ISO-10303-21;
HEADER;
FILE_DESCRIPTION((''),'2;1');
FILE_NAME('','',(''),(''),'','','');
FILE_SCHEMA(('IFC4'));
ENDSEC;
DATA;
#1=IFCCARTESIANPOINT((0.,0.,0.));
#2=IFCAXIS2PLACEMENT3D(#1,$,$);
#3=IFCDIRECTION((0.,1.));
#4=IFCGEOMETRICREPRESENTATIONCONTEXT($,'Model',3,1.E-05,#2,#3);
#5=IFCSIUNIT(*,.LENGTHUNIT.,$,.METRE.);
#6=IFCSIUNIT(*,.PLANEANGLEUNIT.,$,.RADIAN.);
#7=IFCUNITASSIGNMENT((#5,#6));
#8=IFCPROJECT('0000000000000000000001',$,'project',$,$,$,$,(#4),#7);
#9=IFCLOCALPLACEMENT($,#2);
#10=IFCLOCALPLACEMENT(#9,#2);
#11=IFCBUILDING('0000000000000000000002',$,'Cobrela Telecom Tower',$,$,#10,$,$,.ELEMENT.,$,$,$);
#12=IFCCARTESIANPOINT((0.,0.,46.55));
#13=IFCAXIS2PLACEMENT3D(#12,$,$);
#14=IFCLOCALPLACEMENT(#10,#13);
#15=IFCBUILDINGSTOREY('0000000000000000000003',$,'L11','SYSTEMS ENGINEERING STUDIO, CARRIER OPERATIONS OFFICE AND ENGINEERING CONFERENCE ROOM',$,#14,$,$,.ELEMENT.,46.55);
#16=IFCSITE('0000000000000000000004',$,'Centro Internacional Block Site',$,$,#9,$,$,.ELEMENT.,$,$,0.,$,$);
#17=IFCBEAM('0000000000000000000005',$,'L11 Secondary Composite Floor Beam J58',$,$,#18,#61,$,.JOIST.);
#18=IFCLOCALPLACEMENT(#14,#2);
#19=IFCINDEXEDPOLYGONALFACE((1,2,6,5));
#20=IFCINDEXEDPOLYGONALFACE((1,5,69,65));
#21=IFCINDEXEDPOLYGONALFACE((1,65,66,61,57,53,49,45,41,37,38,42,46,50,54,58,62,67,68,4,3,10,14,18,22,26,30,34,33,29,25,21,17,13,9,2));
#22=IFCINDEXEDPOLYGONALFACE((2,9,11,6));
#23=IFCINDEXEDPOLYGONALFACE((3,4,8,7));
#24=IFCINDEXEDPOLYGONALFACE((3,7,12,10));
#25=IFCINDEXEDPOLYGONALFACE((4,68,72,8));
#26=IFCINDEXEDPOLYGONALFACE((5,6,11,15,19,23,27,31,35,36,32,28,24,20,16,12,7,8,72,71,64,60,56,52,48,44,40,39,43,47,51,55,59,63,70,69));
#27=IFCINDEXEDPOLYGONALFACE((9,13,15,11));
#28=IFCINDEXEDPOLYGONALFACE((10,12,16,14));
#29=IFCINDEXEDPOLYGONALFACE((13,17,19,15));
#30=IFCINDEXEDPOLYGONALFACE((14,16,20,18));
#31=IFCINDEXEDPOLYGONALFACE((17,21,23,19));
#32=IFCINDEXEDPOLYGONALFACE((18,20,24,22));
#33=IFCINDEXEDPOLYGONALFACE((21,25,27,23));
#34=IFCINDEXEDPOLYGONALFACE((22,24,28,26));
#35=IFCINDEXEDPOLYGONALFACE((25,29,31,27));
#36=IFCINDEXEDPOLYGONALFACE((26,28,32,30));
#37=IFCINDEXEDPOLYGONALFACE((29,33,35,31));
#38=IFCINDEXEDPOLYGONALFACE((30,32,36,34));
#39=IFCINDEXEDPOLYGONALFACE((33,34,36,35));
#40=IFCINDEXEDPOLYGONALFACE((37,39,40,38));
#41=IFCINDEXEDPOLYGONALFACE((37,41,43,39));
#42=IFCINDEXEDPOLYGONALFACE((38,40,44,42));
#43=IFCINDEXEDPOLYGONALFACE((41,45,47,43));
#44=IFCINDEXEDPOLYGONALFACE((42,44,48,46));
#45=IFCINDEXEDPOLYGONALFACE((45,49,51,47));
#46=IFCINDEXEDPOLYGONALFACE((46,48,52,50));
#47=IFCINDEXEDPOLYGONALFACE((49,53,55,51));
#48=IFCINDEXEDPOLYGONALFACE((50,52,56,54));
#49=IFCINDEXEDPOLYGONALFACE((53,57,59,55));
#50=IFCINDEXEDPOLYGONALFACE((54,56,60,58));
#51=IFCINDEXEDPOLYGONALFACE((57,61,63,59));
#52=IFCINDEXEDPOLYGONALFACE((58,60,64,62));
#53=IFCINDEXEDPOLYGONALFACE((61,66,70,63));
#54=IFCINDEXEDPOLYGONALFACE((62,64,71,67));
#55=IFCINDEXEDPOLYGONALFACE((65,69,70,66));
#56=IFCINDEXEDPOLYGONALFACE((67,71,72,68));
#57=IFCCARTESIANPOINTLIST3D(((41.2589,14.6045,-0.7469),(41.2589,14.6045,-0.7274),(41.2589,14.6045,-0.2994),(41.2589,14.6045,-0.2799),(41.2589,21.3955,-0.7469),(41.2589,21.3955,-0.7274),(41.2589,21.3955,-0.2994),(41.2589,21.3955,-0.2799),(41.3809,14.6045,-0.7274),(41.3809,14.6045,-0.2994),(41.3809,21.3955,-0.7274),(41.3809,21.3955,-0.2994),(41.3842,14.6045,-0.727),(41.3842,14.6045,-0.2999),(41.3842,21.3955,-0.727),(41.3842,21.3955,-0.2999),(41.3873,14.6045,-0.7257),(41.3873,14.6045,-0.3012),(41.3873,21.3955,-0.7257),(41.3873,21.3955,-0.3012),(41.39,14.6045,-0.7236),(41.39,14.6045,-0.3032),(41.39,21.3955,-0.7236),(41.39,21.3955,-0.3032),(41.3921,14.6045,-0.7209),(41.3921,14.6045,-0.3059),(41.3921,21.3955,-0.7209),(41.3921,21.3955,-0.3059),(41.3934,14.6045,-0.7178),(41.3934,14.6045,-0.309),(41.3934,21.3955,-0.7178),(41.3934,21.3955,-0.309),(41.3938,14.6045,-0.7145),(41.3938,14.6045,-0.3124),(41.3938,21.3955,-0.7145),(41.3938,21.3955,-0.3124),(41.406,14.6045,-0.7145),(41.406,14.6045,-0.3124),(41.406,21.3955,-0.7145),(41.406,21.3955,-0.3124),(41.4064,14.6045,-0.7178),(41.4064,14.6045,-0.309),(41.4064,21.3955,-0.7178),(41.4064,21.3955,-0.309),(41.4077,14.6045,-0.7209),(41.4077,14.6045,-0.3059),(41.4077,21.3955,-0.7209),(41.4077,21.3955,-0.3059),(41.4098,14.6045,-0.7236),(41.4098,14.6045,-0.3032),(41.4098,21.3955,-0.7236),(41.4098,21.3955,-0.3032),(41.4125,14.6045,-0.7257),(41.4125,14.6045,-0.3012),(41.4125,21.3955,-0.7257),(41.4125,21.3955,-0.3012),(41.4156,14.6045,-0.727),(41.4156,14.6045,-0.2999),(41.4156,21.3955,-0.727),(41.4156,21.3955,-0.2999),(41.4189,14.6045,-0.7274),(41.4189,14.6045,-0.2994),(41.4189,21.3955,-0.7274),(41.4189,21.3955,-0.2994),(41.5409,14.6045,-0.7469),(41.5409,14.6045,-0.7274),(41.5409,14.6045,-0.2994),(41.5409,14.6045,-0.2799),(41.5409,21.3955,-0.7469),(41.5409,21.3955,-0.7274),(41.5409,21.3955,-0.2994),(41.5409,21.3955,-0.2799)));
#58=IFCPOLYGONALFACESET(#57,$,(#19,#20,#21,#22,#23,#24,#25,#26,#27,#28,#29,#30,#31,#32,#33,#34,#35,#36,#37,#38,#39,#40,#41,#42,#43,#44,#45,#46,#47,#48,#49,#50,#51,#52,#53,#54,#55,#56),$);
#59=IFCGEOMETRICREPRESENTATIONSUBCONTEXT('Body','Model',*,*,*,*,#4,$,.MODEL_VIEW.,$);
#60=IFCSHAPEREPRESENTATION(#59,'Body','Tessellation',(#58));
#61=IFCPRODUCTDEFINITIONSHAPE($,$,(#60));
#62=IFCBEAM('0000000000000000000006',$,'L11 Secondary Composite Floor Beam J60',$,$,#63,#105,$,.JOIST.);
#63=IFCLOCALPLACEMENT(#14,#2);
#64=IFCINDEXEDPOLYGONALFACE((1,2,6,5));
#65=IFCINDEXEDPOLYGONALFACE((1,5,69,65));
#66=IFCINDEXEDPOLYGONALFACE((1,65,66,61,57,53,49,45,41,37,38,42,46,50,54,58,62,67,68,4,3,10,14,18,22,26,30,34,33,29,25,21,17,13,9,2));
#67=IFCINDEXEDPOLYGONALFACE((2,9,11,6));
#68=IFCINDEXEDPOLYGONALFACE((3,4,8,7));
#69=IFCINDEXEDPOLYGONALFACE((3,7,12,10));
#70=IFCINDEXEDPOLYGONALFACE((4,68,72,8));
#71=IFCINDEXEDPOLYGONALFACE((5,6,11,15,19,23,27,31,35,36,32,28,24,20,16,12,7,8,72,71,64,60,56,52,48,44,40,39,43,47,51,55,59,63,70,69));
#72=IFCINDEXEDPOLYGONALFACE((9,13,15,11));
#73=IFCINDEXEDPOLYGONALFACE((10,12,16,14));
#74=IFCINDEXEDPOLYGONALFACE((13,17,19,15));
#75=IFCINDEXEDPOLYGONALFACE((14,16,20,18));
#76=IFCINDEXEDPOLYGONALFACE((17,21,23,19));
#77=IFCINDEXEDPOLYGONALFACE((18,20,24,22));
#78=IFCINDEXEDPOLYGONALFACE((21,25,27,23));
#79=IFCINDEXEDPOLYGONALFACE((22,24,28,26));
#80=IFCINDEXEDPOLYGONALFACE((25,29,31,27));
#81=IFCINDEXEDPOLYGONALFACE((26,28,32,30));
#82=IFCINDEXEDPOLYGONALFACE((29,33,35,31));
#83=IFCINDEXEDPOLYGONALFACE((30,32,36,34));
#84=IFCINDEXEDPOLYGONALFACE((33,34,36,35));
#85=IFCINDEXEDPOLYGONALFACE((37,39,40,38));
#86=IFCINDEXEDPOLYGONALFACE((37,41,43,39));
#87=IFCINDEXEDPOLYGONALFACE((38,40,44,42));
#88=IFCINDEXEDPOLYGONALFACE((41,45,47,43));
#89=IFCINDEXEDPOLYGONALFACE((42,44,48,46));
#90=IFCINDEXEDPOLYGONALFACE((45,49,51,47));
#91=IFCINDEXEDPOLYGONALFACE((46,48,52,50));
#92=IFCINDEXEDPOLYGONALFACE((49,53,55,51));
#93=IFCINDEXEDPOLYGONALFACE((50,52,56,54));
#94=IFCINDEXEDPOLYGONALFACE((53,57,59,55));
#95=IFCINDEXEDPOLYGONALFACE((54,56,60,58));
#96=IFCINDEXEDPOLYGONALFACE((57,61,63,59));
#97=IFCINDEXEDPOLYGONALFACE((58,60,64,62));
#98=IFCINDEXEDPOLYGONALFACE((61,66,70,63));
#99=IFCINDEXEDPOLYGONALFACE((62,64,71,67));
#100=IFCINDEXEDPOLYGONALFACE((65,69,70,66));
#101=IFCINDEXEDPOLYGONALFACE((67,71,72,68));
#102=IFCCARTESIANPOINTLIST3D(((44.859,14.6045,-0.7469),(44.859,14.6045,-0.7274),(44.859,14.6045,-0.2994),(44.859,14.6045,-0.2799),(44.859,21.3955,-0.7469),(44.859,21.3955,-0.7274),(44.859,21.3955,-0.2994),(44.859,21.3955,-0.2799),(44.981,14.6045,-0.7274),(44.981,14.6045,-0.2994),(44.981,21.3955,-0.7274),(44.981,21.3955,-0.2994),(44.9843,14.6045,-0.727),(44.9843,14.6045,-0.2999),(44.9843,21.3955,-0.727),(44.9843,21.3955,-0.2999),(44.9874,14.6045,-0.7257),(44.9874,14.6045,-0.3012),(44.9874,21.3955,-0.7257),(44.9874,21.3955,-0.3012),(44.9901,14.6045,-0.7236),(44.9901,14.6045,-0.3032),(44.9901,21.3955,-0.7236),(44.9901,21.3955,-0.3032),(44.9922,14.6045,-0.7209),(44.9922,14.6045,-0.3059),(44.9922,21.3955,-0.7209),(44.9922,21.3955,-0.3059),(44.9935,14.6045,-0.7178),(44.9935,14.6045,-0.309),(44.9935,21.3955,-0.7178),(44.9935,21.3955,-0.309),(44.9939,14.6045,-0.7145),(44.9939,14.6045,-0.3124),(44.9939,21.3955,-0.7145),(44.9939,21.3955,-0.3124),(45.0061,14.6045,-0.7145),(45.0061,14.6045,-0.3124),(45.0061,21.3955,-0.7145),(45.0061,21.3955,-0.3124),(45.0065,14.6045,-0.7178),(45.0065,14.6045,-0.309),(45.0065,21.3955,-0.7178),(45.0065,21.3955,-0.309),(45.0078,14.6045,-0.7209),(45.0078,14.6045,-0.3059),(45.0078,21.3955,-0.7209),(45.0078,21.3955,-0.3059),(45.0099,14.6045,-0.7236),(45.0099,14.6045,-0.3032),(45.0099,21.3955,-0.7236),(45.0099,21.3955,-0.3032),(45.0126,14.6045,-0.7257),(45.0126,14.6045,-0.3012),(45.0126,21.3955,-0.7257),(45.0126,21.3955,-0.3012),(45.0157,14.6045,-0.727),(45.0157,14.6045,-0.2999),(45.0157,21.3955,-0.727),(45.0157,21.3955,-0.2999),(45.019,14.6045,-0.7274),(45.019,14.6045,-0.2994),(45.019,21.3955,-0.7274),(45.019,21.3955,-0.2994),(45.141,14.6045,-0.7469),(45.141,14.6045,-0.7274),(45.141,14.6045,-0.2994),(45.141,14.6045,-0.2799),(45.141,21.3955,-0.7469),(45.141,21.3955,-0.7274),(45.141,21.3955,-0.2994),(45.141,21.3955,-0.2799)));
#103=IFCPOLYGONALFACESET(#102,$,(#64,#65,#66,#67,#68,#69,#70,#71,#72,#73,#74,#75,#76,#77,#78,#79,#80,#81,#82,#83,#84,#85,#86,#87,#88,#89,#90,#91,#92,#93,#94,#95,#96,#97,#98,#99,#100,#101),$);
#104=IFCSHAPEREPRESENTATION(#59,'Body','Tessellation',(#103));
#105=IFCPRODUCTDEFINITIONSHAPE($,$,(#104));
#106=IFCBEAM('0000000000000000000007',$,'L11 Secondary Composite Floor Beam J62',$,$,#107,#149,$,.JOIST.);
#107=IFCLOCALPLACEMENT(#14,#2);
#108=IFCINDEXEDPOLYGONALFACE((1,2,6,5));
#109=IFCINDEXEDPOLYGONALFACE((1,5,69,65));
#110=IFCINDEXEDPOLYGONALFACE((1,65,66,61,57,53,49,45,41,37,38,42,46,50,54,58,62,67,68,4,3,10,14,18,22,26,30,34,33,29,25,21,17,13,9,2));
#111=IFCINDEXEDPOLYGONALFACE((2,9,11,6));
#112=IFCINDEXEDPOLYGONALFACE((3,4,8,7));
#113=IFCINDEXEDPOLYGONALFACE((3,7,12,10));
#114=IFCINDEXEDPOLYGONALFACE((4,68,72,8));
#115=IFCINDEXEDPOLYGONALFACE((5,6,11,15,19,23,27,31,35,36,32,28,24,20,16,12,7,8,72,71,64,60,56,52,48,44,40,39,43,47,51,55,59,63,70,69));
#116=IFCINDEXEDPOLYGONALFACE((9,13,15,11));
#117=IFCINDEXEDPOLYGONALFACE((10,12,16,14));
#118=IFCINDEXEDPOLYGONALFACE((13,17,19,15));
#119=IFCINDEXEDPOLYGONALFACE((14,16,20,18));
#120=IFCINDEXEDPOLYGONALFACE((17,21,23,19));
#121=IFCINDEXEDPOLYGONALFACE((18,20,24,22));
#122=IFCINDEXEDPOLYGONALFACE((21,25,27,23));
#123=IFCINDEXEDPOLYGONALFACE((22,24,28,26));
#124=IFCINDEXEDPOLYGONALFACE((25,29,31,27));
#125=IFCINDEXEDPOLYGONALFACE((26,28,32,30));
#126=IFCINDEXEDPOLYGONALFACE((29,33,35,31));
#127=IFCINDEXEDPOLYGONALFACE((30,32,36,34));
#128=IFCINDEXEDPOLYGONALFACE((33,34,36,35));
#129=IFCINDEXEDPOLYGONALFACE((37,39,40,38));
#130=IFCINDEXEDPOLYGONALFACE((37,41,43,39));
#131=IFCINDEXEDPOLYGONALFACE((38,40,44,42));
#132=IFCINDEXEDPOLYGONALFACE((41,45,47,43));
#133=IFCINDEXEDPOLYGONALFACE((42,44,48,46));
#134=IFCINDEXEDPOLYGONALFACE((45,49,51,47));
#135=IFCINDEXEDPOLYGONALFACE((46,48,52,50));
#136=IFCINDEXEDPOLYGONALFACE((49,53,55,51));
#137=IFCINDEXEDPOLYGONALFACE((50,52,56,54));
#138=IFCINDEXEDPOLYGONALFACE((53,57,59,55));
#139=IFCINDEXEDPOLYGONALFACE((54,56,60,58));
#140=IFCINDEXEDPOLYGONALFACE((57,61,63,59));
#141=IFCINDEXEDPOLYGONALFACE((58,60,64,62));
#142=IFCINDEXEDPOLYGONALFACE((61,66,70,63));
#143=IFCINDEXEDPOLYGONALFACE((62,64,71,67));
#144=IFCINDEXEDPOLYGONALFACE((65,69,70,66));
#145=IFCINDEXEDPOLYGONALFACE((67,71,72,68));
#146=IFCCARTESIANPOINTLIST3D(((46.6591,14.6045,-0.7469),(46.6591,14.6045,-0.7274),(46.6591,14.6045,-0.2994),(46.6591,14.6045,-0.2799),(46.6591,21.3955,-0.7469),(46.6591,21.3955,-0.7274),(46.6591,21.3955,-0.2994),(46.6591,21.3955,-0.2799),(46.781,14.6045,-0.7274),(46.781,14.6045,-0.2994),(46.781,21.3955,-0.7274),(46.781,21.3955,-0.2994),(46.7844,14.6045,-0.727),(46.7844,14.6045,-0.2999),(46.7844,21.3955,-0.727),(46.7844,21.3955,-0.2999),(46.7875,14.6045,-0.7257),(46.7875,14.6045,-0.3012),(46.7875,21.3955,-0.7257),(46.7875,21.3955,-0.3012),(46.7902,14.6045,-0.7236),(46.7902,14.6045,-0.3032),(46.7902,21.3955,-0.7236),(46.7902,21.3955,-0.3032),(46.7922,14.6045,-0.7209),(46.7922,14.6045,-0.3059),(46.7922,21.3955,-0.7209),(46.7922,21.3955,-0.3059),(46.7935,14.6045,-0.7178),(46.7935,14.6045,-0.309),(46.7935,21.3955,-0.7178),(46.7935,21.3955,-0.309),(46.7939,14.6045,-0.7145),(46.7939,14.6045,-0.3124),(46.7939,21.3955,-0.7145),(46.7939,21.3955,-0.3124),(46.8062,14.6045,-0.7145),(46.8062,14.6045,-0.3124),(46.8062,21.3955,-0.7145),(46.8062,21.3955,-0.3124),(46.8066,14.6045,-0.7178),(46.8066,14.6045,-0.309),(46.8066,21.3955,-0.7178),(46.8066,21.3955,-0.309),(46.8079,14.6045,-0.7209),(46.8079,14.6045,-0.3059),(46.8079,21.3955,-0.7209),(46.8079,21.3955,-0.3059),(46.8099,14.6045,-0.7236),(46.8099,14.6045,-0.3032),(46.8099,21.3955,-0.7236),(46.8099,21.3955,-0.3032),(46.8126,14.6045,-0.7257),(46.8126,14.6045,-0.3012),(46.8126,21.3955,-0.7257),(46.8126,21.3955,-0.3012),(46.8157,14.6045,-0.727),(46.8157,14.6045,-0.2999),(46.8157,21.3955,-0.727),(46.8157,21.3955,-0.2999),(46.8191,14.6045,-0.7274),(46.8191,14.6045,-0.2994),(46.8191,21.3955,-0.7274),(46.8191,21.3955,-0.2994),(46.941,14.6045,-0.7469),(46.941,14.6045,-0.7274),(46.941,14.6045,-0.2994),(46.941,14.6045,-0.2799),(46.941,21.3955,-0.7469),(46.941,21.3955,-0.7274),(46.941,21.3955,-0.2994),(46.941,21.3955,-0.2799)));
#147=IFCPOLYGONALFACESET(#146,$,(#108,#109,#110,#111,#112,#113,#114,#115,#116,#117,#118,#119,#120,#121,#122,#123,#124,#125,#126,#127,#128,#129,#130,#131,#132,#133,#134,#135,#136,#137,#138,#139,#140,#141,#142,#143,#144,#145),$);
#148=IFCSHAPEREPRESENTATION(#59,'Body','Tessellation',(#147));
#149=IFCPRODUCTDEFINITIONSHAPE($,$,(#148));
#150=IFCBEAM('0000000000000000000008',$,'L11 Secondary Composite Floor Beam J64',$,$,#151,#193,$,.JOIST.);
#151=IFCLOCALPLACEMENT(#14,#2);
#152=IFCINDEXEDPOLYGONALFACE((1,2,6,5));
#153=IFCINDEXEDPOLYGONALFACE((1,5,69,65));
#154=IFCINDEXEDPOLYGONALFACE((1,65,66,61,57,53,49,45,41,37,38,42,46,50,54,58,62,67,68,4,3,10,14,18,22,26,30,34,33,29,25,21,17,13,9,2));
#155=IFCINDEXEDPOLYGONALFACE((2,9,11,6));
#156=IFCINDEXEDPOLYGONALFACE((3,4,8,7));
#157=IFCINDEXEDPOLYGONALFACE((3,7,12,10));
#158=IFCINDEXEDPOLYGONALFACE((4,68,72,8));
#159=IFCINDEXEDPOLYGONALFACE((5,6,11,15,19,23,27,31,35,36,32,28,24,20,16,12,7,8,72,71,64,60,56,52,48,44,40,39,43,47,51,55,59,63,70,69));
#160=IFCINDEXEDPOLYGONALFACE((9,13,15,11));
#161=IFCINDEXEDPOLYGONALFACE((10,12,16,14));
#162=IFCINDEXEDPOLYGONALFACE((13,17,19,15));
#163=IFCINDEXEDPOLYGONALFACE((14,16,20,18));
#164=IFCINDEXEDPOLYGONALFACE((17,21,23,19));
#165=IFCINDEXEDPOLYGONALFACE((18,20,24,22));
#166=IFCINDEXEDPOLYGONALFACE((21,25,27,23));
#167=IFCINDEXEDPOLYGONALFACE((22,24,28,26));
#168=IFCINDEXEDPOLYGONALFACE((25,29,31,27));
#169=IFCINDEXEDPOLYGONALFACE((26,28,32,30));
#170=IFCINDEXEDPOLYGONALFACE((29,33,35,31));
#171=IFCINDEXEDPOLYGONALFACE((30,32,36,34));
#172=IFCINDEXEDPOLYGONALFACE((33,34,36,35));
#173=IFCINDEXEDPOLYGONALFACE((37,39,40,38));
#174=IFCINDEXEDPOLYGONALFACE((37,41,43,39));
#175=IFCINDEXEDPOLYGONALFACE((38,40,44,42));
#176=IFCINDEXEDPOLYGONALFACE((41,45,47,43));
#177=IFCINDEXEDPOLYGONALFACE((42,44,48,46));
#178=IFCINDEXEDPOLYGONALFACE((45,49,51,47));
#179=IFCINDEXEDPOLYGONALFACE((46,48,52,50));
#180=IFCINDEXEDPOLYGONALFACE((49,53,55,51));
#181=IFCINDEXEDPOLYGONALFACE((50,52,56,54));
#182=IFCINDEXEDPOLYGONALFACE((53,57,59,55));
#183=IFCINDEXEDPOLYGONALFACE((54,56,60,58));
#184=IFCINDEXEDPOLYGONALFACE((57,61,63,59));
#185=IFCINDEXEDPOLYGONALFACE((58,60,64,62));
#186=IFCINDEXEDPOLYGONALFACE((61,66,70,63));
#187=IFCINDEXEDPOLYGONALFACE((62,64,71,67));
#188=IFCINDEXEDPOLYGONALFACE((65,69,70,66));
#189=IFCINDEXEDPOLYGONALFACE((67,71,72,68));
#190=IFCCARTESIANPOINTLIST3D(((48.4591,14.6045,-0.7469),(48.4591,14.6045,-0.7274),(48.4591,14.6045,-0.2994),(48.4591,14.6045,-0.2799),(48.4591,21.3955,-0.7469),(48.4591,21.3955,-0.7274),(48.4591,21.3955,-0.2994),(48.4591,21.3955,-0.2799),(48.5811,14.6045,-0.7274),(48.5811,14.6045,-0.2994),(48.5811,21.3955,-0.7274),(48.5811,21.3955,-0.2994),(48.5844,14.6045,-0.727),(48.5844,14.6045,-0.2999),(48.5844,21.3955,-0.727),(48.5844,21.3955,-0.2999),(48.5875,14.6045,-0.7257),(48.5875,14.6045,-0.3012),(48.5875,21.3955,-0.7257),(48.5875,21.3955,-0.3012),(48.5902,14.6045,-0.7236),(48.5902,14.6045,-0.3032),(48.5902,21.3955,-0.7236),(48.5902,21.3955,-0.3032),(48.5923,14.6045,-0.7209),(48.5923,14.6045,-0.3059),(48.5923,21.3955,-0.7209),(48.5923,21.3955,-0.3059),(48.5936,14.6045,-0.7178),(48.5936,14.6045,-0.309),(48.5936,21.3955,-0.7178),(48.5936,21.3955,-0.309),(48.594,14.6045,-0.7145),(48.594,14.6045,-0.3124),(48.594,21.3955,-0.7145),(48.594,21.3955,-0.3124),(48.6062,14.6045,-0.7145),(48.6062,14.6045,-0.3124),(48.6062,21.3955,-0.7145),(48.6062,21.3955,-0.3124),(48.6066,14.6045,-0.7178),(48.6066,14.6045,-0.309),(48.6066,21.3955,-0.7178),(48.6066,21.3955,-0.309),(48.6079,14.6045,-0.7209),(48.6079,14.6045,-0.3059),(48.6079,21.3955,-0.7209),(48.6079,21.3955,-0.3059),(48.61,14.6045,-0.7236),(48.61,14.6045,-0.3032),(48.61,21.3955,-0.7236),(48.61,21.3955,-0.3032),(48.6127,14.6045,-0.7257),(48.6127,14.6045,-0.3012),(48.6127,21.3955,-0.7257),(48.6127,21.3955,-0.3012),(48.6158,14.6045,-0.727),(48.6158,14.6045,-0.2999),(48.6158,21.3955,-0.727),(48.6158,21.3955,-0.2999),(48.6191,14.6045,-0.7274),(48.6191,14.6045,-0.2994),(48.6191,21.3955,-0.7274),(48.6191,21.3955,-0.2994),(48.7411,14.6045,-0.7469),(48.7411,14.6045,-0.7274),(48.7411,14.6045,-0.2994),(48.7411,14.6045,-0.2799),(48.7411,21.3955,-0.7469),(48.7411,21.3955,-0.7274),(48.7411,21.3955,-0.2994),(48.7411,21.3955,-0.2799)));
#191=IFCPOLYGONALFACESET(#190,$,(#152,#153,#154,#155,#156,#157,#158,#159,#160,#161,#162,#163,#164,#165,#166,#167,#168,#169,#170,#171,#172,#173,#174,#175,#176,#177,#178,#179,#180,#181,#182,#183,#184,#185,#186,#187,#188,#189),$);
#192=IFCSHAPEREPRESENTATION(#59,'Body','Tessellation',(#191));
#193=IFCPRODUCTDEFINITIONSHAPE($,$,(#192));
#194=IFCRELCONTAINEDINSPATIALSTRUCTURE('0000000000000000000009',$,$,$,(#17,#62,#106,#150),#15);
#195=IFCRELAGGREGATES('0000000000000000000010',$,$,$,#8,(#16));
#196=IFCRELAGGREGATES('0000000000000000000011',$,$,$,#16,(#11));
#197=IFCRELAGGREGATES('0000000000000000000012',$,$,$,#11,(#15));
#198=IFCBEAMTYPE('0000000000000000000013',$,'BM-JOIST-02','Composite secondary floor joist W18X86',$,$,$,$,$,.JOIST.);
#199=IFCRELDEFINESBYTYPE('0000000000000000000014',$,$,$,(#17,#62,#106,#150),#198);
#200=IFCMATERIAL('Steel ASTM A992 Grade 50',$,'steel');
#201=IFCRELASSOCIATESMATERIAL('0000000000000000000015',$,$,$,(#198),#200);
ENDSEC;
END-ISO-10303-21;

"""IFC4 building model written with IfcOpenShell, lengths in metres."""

from ifc_helpers import new_model, si_unit, direction, frame, origin, origin_2d, place, context, subcontext, project, spatial, i_section, extrude, material, material_profile, profile_set, type_object, element, save


model = new_model("IFC4")

# Units and contexts
model_context = context("Model", 3, precision=1e-05, world=origin(), true_north=direction((0.0, 1.0)))
body_context = subcontext(model_context, "Body", "Model", "MODEL_VIEW")
ifc_project = project(units=[si_unit("LENGTHUNIT", "METRE"), si_unit("PLANEANGLEUNIT", "RADIAN")], contexts=[model_context])

# Site, building, storey
site_placement = place(None, origin())
site = spatial("IfcSite", under=ifc_project, at=site_placement, Name="Centro Internacional Block Site", CompositionType="ELEMENT", RefElevation=0.0)
building_placement = place(site_placement, origin())
building = spatial("IfcBuilding", under=site, at=building_placement, Name="Cobrela Telecom Tower", CompositionType="ELEMENT")
storey_placement = place(building_placement, frame((0.0, 0.0, 46.55)))
storey = spatial("IfcBuildingStorey", under=building, at=storey_placement, Name="L11", Description="SYSTEMS ENGINEERING STUDIO, CARRIER OPERATIONS OFFICE AND ENGINEERING CONFERENCE ROOM", CompositionType="ELEMENT", Elevation=46.55)

# Shared definitions
ifc_material_1 = material(Name="Steel ASTM A992 Grade 50", Category="steel")

# Beams
ifc_material_profile_1 = material_profile(ifc_material_1, i_section(OverallWidth=0.282, OverallDepth=0.467, WebThickness=0.0122, FlangeThickness=0.0195, FilletRadius=0.0129, at=origin_2d()), Name="W18X86")
ifc_profile_set_1 = profile_set([ifc_material_profile_1], Name="Steel ASTM A992 Grade 50")
beam_type_1 = type_object("IfcBeamType", Name="BM-JOIST-02", Description="Composite secondary floor joist W18X86", PredefinedType="JOIST", material=ifc_profile_set_1)
for number, where, z_axis, x_axis, name in (
    (1, (41.3999, 14.6045, -0.5134), (0.0, 1.0, 0.0), (-1.0, 0.0, 0.0), "L11 Secondary Composite Floor Beam J58"),
    (2, (45.0, 14.6045, -0.5134), (0.0, 1.0, 0.0), (-1.0, 0.0, 0.0), "L11 Secondary Composite Floor Beam J60"),
    (3, (46.8, 14.6045, -0.5134), (0.0, 1.0, 0.0), (-1.0, 0.0, 0.0), "L11 Secondary Composite Floor Beam J62"),
    (4, (48.6001, 14.6045, -0.5134), (0.0, 1.0, 0.0), (-1.0, 0.0, 0.0), "L11 Secondary Composite Floor Beam J64"),
):
    element("IfcBeam", number, at=place(storey_placement, frame(where, z_axis=z_axis, x_axis=x_axis)), inside=storey, type_object=beam_type_1, Name=name, PredefinedType="JOIST", context=body_context, shape_type="SweptSolid", body=[
        extrude(i_section(OverallWidth=0.282, OverallDepth=0.467, WebThickness=0.0122, FlangeThickness=0.0195, FilletRadius=0.0129, at=origin_2d()), origin(), (0.0, 0.0, 1.0), 6.791),
    ])

save(model, "model.ifc")
